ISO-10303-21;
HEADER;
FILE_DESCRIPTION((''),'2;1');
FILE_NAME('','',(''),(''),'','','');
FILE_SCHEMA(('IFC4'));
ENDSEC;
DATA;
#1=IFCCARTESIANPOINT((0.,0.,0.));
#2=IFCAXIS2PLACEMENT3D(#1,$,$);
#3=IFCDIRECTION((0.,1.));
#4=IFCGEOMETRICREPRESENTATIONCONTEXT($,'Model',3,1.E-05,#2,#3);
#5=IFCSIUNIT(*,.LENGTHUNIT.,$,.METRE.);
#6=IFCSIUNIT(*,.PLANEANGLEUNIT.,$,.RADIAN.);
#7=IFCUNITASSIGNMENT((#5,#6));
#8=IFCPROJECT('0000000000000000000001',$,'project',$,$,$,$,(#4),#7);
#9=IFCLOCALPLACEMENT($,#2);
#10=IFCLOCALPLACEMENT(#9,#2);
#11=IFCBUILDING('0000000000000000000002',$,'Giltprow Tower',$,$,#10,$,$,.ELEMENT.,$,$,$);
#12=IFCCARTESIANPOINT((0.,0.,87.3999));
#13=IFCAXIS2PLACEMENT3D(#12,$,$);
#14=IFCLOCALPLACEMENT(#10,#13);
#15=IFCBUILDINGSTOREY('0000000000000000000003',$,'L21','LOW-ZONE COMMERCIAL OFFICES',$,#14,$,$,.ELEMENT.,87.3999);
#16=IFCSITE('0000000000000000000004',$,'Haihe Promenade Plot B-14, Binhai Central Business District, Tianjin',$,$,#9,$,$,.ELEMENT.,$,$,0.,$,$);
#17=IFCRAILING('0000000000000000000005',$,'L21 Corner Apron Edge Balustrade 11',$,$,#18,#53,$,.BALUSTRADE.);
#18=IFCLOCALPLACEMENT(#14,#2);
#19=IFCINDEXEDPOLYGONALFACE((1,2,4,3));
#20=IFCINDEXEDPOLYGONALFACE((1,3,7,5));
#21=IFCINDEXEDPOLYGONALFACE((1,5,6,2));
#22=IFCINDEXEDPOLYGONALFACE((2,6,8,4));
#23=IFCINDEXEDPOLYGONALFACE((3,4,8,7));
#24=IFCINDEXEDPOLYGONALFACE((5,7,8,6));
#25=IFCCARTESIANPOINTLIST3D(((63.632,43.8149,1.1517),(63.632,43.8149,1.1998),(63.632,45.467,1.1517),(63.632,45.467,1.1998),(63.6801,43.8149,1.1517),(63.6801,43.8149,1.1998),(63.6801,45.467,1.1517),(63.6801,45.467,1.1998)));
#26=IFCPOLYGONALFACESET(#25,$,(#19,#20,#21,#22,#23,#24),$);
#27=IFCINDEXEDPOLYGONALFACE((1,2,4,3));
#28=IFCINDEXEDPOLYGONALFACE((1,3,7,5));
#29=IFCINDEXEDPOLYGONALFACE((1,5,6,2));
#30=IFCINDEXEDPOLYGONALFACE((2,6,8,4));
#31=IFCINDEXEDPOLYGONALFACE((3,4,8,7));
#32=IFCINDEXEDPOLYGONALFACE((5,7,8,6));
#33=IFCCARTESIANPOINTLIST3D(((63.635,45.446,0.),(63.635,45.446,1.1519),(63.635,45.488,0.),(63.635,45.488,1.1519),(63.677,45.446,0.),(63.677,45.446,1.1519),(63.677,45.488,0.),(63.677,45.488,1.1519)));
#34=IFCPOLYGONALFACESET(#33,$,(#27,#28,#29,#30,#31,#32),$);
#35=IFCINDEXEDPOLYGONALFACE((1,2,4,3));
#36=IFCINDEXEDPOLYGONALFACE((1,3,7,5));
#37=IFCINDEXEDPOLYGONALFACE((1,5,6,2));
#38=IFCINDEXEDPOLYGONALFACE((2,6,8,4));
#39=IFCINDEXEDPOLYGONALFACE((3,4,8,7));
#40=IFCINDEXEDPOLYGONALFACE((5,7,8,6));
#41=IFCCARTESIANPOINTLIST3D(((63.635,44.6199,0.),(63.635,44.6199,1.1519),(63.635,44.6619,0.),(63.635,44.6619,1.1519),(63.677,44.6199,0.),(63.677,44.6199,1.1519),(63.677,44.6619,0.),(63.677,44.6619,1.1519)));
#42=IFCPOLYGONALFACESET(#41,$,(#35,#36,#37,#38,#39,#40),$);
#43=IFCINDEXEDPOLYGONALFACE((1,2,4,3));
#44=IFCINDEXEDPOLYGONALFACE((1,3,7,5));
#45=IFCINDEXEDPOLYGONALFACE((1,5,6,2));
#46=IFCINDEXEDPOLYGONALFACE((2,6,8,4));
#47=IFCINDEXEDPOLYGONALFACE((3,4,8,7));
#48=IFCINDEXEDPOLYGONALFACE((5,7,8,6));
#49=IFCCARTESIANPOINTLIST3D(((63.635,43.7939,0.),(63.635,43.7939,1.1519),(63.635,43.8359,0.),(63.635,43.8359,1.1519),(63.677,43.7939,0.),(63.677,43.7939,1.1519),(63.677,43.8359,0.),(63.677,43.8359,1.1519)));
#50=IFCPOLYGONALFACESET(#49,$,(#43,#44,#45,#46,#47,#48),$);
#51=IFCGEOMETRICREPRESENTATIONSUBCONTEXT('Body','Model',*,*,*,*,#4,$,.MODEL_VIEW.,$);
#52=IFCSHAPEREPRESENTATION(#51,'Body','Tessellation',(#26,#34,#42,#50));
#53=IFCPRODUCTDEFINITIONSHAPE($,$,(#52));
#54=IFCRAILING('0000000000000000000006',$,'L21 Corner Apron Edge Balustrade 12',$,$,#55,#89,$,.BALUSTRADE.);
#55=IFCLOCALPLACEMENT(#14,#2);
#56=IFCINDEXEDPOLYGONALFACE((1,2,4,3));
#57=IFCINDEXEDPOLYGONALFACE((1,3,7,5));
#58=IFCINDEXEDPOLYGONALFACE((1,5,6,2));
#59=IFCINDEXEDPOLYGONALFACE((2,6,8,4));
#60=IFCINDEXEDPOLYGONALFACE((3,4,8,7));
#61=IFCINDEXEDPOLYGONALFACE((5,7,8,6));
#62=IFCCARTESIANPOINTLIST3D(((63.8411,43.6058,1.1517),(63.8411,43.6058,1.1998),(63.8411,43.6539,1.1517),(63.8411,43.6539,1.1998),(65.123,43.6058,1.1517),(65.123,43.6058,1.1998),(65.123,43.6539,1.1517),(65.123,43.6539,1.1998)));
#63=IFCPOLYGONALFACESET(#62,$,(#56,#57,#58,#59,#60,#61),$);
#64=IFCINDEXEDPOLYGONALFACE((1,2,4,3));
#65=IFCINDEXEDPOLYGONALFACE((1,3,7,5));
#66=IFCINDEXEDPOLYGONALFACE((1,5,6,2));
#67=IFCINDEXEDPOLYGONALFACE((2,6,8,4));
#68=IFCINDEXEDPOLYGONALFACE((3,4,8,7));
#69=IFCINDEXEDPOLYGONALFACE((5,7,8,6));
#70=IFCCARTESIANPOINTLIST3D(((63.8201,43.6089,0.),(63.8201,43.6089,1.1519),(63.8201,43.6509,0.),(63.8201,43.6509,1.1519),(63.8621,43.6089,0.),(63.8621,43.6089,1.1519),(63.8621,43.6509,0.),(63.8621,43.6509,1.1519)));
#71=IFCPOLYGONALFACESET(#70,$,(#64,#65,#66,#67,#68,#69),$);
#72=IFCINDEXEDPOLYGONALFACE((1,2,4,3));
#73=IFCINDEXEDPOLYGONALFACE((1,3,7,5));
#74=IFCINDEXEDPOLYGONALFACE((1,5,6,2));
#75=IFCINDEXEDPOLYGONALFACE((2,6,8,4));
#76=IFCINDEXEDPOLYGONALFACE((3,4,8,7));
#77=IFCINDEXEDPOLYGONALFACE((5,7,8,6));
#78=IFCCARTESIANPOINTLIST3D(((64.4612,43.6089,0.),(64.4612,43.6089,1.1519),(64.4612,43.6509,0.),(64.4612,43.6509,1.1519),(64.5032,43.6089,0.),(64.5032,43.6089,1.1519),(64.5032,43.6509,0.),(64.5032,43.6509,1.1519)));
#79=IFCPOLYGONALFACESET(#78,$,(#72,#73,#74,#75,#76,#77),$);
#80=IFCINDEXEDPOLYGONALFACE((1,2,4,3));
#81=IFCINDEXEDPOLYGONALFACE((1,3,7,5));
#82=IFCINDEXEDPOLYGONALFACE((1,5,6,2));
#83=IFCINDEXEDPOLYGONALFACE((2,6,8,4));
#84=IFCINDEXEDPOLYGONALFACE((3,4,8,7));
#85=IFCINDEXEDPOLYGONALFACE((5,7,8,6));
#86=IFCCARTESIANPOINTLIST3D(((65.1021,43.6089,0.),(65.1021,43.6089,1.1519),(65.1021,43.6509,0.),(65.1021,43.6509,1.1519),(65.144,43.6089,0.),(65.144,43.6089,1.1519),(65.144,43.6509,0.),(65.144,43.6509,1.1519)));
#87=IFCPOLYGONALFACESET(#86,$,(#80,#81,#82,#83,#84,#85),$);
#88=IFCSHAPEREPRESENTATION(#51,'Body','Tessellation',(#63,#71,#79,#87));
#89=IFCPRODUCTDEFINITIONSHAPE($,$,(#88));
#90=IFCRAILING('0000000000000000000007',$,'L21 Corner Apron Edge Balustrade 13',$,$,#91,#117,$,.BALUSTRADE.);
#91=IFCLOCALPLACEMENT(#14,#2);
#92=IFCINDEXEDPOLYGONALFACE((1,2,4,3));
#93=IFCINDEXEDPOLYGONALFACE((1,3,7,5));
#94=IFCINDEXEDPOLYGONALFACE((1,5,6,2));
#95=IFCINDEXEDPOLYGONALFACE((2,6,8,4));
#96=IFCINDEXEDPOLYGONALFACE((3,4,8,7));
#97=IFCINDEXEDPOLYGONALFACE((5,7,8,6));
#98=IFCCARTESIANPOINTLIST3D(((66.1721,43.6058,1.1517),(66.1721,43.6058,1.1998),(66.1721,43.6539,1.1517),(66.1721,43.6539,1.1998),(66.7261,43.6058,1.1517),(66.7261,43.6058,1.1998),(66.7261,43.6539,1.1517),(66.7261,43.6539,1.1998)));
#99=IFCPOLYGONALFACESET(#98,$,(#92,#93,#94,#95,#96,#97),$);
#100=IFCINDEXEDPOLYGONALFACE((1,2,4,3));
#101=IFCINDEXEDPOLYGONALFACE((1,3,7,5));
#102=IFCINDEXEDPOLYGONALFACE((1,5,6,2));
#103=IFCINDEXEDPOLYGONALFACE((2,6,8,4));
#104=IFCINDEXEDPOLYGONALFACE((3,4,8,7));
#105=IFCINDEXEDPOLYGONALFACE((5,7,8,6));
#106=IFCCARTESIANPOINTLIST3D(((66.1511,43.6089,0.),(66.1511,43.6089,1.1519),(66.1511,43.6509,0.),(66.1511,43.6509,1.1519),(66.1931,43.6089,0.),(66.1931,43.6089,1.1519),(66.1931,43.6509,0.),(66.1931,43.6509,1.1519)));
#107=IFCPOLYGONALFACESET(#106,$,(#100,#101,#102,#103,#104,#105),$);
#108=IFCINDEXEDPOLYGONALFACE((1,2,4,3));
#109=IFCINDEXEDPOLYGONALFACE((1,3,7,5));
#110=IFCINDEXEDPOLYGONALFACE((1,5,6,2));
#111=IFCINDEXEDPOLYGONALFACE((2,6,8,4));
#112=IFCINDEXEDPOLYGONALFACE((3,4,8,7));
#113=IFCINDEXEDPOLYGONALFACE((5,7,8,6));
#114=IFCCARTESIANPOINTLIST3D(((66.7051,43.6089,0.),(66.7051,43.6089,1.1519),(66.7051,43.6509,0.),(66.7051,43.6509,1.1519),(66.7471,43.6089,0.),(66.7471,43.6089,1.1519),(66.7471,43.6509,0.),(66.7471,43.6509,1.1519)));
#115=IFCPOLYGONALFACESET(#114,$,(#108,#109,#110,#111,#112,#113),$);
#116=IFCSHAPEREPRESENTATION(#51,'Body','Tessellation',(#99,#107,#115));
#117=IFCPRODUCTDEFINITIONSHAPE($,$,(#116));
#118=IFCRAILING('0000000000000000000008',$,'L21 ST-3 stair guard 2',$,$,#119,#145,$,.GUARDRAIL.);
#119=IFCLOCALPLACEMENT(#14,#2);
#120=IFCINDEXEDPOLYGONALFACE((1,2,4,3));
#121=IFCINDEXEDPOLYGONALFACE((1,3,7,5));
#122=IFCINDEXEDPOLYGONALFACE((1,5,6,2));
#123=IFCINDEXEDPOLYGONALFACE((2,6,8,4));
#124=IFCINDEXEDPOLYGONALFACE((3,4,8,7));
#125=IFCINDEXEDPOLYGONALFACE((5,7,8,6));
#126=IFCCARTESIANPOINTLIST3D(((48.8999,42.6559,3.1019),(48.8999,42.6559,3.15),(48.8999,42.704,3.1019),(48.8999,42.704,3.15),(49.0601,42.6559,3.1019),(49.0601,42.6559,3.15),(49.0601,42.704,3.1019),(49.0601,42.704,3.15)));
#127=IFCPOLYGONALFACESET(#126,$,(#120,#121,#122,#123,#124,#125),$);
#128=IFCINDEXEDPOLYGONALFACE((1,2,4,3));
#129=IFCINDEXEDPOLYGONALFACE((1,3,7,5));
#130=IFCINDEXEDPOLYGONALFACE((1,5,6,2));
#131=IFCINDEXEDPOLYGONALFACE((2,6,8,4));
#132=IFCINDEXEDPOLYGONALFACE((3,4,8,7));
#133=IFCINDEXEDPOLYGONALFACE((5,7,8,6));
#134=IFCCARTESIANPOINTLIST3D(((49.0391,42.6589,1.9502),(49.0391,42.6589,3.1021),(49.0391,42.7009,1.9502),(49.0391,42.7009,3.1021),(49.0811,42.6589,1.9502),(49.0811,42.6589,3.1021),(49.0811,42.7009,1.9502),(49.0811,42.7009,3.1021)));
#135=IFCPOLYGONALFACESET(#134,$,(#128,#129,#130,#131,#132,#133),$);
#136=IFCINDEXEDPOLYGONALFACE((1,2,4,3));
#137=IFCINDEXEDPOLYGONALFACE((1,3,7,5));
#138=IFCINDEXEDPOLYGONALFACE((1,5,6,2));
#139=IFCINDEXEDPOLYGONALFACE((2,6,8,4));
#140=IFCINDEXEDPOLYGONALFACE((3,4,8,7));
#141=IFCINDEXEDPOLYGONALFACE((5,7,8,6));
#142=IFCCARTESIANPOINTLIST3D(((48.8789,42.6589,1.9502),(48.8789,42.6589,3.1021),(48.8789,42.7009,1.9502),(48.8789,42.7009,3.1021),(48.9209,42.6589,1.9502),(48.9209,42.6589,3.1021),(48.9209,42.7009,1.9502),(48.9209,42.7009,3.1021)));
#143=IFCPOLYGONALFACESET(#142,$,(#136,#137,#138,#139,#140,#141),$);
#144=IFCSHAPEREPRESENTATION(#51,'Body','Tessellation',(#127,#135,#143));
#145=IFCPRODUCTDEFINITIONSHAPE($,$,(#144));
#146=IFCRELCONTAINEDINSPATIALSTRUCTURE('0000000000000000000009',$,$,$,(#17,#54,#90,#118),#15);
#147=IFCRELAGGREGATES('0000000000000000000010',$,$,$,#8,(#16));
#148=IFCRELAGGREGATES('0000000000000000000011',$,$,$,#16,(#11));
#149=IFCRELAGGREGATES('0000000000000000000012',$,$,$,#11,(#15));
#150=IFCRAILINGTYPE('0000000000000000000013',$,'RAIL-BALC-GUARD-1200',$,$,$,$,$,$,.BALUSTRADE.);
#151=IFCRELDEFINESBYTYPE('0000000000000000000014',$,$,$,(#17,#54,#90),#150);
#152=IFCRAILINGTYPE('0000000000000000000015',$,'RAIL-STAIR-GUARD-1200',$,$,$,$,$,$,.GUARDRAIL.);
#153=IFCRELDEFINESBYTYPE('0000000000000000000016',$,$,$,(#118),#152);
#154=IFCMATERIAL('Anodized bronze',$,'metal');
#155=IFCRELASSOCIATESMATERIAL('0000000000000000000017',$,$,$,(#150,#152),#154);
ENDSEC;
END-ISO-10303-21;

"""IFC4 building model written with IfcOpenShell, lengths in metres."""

from ifc_helpers import new_model, si_unit, direction, frame, origin, origin_2d, place, context, subcontext, project, spatial, rectangle, extrude, material, type_object, element, save


model = new_model("IFC4")

# Units and contexts
model_context = context("Model", 3, precision=1e-05, world=origin(), true_north=direction((0.0, 1.0)))
body_context = subcontext(model_context, "Body", "Model", "MODEL_VIEW")
ifc_project = project(units=[si_unit("LENGTHUNIT", "METRE"), si_unit("PLANEANGLEUNIT", "RADIAN")], contexts=[model_context])

# Site, building, storey
site_placement = place(None, origin())
site = spatial("IfcSite", under=ifc_project, at=site_placement, Name="Haihe Promenade Plot B-14, Binhai Central Business District, Tianjin", CompositionType="ELEMENT", RefElevation=0.0)
building_placement = place(site_placement, origin())
building = spatial("IfcBuilding", under=site, at=building_placement, Name="Giltprow Tower", CompositionType="ELEMENT")
storey_placement = place(building_placement, frame((0.0, 0.0, 87.3999)))
storey = spatial("IfcBuildingStorey", under=building, at=storey_placement, Name="L21", Description="LOW-ZONE COMMERCIAL OFFICES", CompositionType="ELEMENT", Elevation=87.3999)

# Railings
ifc_material_1 = material(Name="Anodized bronze", Category="metal")
railing_type_1 = type_object("IfcRailingType", Name="RAIL-BALC-GUARD-1200", PredefinedType="BALUSTRADE", material=ifc_material_1)
railing_1_placement = place(storey_placement, frame((63.656, 45.467, 0.0)))
element("IfcRailing", 1, at=railing_1_placement, inside=storey, type_object=railing_type_1, Name="L21 Corner Apron Edge Balustrade 11", PredefinedType="BALUSTRADE", context=body_context, shape_type="SweptSolid", body=[
    extrude(rectangle(XDim=0.0481, YDim=0.0481, at=origin_2d()), frame((0.0, 0.0, 1.1758), z_axis=(0.0, -1.0, 0.0), x_axis=(1.0, 0.0, 0.0)), (0.0, 0.0, 1.0), 1.6521),
    extrude(rectangle(XDim=0.042, YDim=0.042, at=origin_2d()), origin(), (0.0, 0.0, 1.0), 1.1519),
    extrude(rectangle(XDim=0.042, YDim=0.042, at=origin_2d()), frame((0.0, -0.8262, 0.0)), (0.0, 0.0, 1.0), 1.1519),
    extrude(rectangle(XDim=0.042, YDim=0.042, at=origin_2d()), frame((0.0, -1.6521, 0.0)), (0.0, 0.0, 1.0), 1.1519),
])
railing_2_placement = place(storey_placement, frame((63.8411, 43.6299, 0.0)))
element("IfcRailing", 2, at=railing_2_placement, inside=storey, type_object=railing_type_1, Name="L21 Corner Apron Edge Balustrade 12", PredefinedType="BALUSTRADE", context=body_context, shape_type="SweptSolid", body=[
    extrude(rectangle(XDim=0.0481, YDim=0.0481, at=origin_2d()), frame((0.0, 0.0, 1.1758), z_axis=(1.0, 0.0, 0.0), x_axis=(0.0, 1.0, 0.0)), (0.0, 0.0, 1.0), 1.282),
    extrude(rectangle(XDim=0.042, YDim=0.042, at=origin_2d()), origin(), (0.0, 0.0, 1.0), 1.1519),
    extrude(rectangle(XDim=0.042, YDim=0.042, at=origin_2d()), frame((0.6411, 0.0, 0.0)), (0.0, 0.0, 1.0), 1.1519),
    extrude(rectangle(XDim=0.042, YDim=0.042, at=origin_2d()), frame((1.282, 0.0, 0.0)), (0.0, 0.0, 1.0), 1.1519),
])
railing_3_placement = place(storey_placement, frame((66.1721, 43.6299, 0.0)))
element("IfcRailing", 3, at=railing_3_placement, inside=storey, type_object=railing_type_1, Name="L21 Corner Apron Edge Balustrade 13", PredefinedType="BALUSTRADE", context=body_context, shape_type="SweptSolid", body=[
    extrude(rectangle(XDim=0.0481, YDim=0.0481, at=origin_2d()), frame((0.0, 0.0, 1.1758), z_axis=(1.0, 0.0, 0.0), x_axis=(0.0, 1.0, 0.0)), (0.0, 0.0, 1.0), 0.554),
    extrude(rectangle(XDim=0.042, YDim=0.042, at=origin_2d()), origin(), (0.0, 0.0, 1.0), 1.1519),
    extrude(rectangle(XDim=0.042, YDim=0.042, at=origin_2d()), frame((0.554, 0.0, 0.0)), (0.0, 0.0, 1.0), 1.1519),
])
railing_type_2 = type_object("IfcRailingType", Name="RAIL-STAIR-GUARD-1200", PredefinedType="GUARDRAIL", material=ifc_material_1)
railing_4_placement = place(storey_placement, frame((49.0601, 42.6799, 1.9502)))
element("IfcRailing", 4, at=railing_4_placement, inside=storey, type_object=railing_type_2, Name="L21 ST-3 stair guard 2", PredefinedType="GUARDRAIL", context=body_context, shape_type="SweptSolid", body=[
    extrude(rectangle(XDim=0.0481, YDim=0.0481, at=origin_2d()), frame((0.0, 0.0, 1.1758), z_axis=(-1.0, 0.0, 0.0), x_axis=(0.0, -1.0, 0.0)), (0.0, 0.0, 1.0), 0.1602),
    extrude(rectangle(XDim=0.042, YDim=0.042, at=origin_2d()), origin(), (0.0, 0.0, 1.0), 1.1519),
    extrude(rectangle(XDim=0.042, YDim=0.042, at=origin_2d()), frame((-0.1602, 0.0, 0.0)), (0.0, 0.0, 1.0), 1.1519),
])

save(model, "model.ifc")
